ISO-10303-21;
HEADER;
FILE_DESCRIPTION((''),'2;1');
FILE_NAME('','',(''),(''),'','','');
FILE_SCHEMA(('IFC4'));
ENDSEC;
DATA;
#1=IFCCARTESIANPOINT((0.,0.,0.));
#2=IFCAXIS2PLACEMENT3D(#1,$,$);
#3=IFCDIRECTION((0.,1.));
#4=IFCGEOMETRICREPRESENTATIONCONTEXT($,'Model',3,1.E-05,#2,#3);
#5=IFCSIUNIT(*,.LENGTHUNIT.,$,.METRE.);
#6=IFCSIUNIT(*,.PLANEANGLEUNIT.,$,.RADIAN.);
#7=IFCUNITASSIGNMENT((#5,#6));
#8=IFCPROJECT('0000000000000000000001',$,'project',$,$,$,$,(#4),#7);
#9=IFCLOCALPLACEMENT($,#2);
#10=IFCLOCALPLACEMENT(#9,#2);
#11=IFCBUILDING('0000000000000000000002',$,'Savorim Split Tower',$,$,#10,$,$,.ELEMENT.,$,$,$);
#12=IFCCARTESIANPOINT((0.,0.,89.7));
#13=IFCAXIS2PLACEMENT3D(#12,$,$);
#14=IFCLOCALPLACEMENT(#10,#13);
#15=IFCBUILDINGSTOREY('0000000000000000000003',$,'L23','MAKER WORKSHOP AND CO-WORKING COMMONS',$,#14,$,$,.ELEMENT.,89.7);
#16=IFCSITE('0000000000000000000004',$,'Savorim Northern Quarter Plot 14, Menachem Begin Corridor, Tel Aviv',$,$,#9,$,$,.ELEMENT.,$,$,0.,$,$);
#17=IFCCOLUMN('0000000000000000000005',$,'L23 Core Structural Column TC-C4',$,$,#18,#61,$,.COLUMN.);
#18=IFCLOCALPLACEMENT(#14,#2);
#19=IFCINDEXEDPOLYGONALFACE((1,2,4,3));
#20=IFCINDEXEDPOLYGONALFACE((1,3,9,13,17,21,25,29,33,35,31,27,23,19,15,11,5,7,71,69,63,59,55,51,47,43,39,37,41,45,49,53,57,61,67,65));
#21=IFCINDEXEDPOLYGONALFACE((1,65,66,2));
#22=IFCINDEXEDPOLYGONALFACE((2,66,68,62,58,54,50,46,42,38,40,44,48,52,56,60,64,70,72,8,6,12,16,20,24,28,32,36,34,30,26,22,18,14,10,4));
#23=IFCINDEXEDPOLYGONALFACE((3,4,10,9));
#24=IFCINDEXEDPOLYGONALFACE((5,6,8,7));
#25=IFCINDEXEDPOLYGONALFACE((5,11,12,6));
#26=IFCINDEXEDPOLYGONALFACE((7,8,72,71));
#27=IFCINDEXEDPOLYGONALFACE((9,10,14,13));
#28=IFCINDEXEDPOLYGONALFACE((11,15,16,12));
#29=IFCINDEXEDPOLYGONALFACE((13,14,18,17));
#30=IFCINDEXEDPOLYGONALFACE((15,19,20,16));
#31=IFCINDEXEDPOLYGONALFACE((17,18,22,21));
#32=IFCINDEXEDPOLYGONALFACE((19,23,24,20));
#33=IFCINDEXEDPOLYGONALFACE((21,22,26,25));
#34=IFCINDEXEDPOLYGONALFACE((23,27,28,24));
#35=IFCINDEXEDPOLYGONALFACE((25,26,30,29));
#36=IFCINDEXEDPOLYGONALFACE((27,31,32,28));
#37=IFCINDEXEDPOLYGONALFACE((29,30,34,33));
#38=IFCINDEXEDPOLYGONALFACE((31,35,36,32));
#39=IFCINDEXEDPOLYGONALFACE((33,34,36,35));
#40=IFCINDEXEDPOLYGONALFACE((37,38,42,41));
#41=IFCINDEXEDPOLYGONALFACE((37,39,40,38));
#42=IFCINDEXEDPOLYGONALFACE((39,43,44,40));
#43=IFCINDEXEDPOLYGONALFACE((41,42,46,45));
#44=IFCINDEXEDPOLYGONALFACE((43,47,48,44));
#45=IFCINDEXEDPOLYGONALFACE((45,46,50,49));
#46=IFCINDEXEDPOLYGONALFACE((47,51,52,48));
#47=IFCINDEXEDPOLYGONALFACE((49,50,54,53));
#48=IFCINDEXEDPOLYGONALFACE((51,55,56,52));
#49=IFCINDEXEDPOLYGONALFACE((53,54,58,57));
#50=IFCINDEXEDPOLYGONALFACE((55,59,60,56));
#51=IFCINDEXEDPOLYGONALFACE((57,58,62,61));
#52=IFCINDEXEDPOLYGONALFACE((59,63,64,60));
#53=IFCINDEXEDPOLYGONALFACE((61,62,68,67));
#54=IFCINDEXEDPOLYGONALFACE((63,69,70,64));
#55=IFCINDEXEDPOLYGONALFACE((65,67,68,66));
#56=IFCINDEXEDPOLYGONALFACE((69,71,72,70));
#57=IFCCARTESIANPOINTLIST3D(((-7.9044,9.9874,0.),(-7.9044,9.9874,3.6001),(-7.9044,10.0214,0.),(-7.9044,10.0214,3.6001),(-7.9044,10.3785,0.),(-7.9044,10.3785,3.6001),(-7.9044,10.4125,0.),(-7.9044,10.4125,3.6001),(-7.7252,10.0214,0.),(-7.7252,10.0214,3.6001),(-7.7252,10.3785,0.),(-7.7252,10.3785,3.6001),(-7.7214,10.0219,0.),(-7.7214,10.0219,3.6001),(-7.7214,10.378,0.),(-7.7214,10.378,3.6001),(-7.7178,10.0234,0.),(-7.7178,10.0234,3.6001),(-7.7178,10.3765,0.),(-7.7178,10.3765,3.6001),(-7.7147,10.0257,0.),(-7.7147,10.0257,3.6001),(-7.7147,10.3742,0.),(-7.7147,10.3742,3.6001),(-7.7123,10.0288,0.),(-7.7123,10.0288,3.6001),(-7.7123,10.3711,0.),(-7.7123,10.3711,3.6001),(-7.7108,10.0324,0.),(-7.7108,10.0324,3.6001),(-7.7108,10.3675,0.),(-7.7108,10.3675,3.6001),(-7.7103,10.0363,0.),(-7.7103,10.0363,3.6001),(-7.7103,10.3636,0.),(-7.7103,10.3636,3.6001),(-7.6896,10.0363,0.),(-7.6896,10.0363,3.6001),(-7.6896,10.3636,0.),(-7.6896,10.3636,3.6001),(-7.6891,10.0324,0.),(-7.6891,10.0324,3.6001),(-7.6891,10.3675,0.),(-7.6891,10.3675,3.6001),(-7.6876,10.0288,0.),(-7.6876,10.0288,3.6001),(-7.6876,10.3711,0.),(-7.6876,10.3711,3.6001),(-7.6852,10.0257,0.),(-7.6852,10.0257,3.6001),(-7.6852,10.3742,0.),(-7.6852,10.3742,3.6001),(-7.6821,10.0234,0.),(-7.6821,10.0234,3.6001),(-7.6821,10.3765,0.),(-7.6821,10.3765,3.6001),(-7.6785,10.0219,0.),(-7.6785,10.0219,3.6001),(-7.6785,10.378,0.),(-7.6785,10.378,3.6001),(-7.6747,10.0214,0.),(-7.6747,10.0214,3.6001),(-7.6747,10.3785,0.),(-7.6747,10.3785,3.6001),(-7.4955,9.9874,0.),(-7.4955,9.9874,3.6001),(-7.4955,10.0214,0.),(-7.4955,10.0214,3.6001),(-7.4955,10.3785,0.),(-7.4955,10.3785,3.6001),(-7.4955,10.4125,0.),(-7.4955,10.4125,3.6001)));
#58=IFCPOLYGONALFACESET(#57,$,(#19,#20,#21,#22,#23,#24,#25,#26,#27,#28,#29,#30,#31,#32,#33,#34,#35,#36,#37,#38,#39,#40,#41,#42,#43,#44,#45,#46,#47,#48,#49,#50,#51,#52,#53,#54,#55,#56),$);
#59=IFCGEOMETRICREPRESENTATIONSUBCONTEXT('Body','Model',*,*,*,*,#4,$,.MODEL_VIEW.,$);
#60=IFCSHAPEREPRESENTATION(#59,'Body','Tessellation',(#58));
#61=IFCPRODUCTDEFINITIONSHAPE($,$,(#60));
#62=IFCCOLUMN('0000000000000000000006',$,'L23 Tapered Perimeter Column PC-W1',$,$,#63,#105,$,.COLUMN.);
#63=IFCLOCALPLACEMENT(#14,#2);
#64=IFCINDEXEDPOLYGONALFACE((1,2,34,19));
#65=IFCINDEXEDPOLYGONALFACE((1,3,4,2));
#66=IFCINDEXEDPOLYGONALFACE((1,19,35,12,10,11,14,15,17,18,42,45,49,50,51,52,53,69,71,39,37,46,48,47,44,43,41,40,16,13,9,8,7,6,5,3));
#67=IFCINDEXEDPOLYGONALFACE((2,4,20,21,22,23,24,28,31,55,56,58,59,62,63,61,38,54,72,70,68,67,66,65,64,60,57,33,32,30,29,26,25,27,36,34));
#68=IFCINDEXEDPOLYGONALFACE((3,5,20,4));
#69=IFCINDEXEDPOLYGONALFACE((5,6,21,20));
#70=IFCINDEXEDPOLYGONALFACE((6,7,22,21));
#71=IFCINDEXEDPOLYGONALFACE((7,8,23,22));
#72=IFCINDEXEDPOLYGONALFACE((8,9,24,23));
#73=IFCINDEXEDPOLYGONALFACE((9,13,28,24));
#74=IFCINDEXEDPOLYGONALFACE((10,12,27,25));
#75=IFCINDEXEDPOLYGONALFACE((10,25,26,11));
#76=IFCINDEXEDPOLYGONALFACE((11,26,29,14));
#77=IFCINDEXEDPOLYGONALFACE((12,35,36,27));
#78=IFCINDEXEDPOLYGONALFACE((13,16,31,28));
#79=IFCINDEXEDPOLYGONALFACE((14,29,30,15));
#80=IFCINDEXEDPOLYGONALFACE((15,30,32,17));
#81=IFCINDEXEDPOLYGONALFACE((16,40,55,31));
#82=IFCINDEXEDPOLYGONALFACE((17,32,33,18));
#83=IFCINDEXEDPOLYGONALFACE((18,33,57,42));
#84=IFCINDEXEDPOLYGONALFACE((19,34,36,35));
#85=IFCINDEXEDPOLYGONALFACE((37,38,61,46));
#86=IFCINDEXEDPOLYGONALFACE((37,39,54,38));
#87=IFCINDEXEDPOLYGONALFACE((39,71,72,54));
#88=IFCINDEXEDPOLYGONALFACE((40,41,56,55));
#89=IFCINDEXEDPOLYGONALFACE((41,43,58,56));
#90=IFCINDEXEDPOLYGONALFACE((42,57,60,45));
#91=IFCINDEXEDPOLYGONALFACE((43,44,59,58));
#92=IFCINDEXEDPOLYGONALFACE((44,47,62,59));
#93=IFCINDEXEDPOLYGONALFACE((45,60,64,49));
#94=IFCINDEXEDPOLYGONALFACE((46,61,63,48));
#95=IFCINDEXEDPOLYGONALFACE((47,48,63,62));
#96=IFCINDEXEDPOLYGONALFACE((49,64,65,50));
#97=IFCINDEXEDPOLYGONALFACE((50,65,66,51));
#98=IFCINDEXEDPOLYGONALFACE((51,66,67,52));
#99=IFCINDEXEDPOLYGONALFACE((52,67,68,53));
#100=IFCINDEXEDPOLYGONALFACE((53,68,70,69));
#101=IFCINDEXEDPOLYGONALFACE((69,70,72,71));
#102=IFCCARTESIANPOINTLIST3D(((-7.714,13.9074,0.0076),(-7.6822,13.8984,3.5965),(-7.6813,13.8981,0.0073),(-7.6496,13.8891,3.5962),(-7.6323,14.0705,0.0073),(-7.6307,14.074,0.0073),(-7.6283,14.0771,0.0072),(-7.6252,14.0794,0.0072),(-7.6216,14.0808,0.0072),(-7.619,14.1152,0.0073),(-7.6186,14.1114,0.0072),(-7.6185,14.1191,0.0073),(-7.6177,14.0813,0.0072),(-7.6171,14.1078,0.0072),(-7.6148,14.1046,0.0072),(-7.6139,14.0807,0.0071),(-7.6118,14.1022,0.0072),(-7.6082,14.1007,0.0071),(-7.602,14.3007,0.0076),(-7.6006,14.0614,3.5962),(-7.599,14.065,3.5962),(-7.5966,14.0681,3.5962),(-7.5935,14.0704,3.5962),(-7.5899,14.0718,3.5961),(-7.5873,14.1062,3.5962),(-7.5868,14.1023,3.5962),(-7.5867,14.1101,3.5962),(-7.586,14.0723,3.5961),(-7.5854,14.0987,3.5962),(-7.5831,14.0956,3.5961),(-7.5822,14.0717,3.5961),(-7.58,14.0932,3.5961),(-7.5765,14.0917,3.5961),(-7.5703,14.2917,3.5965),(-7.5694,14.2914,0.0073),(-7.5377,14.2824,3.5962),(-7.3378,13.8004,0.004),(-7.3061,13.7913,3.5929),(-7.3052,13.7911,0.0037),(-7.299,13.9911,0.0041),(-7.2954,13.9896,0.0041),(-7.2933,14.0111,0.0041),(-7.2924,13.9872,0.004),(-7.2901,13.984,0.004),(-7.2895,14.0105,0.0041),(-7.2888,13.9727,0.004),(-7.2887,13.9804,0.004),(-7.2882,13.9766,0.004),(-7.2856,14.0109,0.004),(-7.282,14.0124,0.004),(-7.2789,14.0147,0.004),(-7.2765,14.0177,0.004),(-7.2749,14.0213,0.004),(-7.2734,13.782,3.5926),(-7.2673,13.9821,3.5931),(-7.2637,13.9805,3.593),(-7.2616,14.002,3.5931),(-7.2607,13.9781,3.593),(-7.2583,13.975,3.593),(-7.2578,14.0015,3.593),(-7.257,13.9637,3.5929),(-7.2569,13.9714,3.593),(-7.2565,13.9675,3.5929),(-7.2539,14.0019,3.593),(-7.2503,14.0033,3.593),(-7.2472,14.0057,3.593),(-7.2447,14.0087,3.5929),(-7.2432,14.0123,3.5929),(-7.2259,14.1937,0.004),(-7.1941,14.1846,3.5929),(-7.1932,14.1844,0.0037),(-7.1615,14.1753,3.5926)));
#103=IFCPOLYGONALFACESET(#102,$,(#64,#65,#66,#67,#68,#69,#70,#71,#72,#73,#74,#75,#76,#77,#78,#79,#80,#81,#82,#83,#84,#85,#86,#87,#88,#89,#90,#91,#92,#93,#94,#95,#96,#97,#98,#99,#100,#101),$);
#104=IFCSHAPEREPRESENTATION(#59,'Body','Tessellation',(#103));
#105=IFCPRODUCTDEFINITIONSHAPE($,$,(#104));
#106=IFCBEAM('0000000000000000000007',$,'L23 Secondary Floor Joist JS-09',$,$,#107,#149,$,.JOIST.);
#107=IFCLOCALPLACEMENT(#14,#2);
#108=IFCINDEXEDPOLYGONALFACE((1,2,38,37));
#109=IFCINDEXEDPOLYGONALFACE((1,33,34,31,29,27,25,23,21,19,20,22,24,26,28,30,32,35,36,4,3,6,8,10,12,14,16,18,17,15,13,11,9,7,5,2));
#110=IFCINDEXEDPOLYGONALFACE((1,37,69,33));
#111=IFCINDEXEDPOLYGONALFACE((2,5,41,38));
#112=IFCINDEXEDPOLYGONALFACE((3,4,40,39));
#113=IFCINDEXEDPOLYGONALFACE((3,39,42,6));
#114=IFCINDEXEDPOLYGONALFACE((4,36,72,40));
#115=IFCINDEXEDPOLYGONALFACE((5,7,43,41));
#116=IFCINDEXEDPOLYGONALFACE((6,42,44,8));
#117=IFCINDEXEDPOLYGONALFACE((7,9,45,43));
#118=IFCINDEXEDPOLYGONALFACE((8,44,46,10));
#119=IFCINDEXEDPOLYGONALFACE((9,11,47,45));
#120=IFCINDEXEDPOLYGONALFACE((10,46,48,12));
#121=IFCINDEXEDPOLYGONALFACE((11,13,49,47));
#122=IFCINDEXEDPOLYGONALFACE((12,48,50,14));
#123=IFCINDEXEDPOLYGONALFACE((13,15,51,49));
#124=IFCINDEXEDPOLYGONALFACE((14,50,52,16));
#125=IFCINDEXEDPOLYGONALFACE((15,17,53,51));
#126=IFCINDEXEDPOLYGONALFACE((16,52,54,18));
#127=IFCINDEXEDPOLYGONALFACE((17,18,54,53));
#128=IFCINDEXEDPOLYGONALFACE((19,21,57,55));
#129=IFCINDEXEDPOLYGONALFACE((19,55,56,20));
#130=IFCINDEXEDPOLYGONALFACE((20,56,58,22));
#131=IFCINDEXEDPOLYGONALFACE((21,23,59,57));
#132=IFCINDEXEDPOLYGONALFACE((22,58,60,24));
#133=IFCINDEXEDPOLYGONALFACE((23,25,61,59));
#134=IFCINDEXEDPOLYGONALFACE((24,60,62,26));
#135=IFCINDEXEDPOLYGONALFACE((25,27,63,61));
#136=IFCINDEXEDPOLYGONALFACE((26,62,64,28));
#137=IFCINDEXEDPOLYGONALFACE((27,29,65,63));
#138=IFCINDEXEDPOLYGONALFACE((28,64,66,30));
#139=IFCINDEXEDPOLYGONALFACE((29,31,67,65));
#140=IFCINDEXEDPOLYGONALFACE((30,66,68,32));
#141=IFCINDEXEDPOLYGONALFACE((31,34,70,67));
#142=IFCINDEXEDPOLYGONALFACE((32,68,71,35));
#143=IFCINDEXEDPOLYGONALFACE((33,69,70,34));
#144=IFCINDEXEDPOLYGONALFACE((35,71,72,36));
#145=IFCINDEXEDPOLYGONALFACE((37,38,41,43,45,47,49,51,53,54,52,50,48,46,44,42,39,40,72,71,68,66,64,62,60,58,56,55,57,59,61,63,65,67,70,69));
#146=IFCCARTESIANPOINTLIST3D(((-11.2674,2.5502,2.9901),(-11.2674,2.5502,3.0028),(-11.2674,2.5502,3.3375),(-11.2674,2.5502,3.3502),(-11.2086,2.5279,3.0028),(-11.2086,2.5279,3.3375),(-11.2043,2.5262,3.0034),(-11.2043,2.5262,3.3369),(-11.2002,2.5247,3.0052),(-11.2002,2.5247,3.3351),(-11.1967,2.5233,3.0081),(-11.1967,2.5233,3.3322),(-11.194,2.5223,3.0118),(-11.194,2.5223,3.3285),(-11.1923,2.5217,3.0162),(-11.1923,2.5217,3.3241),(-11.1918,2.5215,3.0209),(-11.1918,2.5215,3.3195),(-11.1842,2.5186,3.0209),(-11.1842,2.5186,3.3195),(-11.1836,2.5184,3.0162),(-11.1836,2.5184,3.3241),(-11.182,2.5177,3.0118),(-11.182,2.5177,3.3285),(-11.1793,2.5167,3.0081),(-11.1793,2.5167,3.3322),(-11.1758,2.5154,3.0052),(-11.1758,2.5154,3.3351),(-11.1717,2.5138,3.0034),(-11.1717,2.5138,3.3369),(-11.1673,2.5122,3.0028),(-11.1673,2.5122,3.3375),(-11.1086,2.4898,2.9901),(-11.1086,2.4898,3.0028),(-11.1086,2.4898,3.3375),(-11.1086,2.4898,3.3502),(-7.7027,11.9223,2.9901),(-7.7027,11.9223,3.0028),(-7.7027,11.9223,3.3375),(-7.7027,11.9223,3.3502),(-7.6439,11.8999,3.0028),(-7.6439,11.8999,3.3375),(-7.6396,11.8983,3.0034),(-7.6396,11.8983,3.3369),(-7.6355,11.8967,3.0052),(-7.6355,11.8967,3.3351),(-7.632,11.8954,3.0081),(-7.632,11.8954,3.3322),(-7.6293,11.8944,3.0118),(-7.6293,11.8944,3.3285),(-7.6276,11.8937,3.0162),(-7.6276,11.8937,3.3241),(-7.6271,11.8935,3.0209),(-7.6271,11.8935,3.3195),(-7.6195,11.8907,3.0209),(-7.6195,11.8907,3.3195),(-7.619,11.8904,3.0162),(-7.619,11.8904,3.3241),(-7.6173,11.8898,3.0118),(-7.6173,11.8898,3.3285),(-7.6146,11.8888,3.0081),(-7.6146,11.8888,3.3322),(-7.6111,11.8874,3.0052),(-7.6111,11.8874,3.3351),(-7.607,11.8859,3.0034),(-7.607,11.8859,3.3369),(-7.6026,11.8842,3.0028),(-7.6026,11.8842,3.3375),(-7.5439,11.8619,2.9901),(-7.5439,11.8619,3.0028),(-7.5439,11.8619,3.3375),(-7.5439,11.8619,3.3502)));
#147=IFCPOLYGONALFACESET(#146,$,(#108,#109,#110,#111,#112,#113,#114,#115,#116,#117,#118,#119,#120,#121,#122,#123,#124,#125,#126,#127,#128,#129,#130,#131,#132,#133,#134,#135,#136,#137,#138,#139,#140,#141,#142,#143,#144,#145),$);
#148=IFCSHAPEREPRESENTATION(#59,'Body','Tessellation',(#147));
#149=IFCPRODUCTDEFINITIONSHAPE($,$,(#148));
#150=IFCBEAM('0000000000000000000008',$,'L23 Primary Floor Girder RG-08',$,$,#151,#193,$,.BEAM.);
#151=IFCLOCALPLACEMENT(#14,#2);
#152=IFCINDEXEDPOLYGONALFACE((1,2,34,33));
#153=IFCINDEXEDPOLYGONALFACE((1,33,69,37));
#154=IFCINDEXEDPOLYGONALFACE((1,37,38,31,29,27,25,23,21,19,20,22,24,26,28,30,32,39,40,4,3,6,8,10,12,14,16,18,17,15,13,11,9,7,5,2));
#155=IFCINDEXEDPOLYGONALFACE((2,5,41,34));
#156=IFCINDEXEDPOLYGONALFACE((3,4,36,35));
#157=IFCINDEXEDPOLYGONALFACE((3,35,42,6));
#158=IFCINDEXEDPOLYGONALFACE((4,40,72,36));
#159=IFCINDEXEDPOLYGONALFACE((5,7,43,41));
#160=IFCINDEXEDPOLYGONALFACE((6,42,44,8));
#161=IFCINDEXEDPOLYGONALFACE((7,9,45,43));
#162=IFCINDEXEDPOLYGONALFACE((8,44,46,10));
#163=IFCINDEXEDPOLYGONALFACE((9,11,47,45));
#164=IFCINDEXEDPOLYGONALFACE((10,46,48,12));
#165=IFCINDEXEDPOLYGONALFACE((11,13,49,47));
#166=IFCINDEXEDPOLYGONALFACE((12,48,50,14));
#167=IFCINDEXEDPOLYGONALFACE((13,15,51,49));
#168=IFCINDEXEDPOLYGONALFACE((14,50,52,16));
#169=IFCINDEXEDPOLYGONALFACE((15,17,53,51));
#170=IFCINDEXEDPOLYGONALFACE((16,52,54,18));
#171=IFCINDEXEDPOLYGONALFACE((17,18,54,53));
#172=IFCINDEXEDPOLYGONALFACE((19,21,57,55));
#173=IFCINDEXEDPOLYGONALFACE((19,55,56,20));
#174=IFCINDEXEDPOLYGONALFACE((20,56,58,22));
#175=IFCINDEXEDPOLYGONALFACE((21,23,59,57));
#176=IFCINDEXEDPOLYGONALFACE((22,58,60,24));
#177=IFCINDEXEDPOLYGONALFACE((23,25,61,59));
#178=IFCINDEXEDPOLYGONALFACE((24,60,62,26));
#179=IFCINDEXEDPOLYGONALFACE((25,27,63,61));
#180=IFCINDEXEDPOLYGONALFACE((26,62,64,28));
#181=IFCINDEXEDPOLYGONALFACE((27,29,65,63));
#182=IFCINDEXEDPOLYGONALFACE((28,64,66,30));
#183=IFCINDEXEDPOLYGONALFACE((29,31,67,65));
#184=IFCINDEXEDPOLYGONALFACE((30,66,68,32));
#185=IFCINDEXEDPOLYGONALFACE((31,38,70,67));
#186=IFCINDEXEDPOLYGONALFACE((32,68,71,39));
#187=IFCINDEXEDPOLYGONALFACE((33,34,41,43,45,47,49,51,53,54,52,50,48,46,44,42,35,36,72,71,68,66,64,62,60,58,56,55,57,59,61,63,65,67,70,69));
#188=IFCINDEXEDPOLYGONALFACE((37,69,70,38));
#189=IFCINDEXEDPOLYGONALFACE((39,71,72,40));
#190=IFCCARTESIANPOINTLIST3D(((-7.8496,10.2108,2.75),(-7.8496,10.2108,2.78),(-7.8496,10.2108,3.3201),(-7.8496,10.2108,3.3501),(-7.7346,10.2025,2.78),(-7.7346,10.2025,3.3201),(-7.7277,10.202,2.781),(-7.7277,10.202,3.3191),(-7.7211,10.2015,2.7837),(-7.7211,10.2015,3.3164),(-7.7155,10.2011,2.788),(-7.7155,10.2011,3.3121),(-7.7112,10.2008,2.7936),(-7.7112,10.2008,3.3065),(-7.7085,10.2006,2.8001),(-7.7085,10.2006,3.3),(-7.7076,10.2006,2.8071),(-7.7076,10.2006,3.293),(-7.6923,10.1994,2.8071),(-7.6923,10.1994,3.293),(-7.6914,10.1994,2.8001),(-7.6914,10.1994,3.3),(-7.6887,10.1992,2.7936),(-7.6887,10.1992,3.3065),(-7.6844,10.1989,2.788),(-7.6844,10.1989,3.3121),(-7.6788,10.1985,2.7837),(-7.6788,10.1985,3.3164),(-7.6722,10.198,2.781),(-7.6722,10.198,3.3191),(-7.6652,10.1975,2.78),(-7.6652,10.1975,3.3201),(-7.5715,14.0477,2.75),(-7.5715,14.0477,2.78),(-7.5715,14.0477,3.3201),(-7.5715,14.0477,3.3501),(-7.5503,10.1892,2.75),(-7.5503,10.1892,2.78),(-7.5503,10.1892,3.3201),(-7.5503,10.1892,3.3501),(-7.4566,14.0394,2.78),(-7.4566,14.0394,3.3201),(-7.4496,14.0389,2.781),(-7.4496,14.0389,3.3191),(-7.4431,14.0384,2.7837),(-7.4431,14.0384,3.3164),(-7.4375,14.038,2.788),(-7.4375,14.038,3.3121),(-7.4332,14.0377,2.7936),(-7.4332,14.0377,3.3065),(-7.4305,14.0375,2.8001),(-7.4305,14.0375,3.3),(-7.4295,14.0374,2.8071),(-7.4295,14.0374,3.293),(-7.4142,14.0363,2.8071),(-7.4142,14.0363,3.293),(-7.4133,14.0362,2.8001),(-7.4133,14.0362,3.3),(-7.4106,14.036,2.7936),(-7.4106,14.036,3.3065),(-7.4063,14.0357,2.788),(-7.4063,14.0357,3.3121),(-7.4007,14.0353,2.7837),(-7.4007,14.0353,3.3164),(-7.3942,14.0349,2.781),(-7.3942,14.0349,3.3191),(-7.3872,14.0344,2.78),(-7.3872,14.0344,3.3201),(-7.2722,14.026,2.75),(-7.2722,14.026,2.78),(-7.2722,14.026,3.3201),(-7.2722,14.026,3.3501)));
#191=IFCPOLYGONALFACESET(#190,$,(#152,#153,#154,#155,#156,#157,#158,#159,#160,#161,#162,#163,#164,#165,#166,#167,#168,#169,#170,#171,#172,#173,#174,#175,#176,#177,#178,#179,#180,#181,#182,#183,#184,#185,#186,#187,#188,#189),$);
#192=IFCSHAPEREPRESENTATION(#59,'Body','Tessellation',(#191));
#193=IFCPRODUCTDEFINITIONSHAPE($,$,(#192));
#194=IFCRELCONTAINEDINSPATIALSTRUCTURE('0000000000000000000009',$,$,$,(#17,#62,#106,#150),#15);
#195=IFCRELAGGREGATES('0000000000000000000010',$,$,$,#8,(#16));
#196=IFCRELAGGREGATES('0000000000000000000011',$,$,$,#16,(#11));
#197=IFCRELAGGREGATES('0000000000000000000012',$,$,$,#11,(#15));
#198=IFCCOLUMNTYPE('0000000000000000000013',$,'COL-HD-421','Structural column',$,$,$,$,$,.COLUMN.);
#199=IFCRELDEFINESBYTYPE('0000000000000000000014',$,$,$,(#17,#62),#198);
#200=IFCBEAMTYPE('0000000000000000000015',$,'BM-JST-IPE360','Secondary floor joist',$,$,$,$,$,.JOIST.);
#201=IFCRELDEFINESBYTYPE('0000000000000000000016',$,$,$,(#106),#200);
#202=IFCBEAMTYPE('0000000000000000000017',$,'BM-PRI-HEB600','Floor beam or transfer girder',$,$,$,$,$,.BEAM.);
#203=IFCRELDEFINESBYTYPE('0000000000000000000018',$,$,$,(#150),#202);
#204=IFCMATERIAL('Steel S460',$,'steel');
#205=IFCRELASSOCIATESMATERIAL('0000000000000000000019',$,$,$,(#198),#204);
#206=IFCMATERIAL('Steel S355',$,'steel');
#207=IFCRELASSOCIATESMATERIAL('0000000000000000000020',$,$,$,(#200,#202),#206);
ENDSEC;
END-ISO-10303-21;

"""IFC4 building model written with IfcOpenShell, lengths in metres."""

from ifc_helpers import new_model, si_unit, direction, frame, origin, origin_2d, place, context, subcontext, project, spatial, i_section, extrude, material, material_profile, profile_set, type_object, element, save


model = new_model("IFC4")

# Units and contexts
model_context = context("Model", 3, precision=1e-05, world=origin(), true_north=direction((0.0, 1.0)))
body_context = subcontext(model_context, "Body", "Model", "MODEL_VIEW")
ifc_project = project(units=[si_unit("LENGTHUNIT", "METRE"), si_unit("PLANEANGLEUNIT", "RADIAN")], contexts=[model_context])

# Site, building, storey
site_placement = place(None, origin())
site = spatial("IfcSite", under=ifc_project, at=site_placement, Name="Savorim Northern Quarter Plot 14, Menachem Begin Corridor, Tel Aviv", CompositionType="ELEMENT", RefElevation=0.0)
building_placement = place(site_placement, origin())
building = spatial("IfcBuilding", under=site, at=building_placement, Name="Savorim Split Tower", CompositionType="ELEMENT")
storey_placement = place(building_placement, frame((0.0, 0.0, 89.7)))
storey = spatial("IfcBuildingStorey", under=building, at=storey_placement, Name="L23", Description="MAKER WORKSHOP AND CO-WORKING COMMONS", CompositionType="ELEMENT", Elevation=89.7)

# Columns
ifc_material_1 = material(Name="Steel S460", Category="steel")
ifc_material_profile_1 = material_profile(ifc_material_1, i_section(OverallWidth=0.4089, OverallDepth=0.425, WebThickness=0.0208, FlangeThickness=0.0339, FilletRadius=0.0149, at=origin_2d()), Name="HD 400x421")
ifc_profile_set_1 = profile_set([ifc_material_profile_1], Name="Steel S460")
column_type = type_object("IfcColumnType", Name="COL-HD-421", Description="Structural column", PredefinedType="COLUMN", material=ifc_profile_set_1)
column_1_placement = place(storey_placement, frame((-7.7, 10.2, 0.0), z_axis=(0.0, 0.0, 1.0), x_axis=(1.0, 0.0, 0.0)))
element("IfcColumn", 1, at=column_1_placement, inside=storey, type_object=column_type, Name="L23 Core Structural Column TC-C4", PredefinedType="COLUMN", context=body_context, shape_type="SweptSolid", body=[
    extrude(i_section(OverallWidth=0.4089, OverallDepth=0.425, WebThickness=0.0208, FlangeThickness=0.0339, FilletRadius=0.0149, at=origin_2d()), origin(), (0.0, 0.0, 1.0), 3.6001),
])
column_2_placement = place(storey_placement, frame((-7.4536, 14.0459, 0.0056), z_axis=(0.008843, -0.002517, 0.999958), x_axis=(0.273744, 0.961803, 0.0)))
element("IfcColumn", 2, at=column_2_placement, inside=storey, type_object=column_type, Name="L23 Tapered Perimeter Column PC-W1", PredefinedType="COLUMN", context=body_context, shape_type="SweptSolid", body=[
    extrude(i_section(OverallWidth=0.4089, OverallDepth=0.425, WebThickness=0.0208, FlangeThickness=0.0339, FilletRadius=0.0149, at=origin_2d()), origin(), (0.0, 0.0, 1.0), 3.5891),
])

# Beams
ifc_material_2 = material(Name="Steel S355", Category="steel")
ifc_material_profile_2 = material_profile(ifc_material_2, i_section(OverallWidth=0.1699, OverallDepth=0.3601, WebThickness=0.0081, FlangeThickness=0.0127, FilletRadius=0.0181, at=origin_2d()), Name="IPE 360")
ifc_profile_set_2 = profile_set([ifc_material_profile_2], Name="Steel S355")
beam_type_1 = type_object("IfcBeamType", Name="BM-JST-IPE360", Description="Secondary floor joist", PredefinedType="JOIST", material=ifc_profile_set_2)
beam_1_placement = place(storey_placement, frame((-7.6233, 11.8921, 3.1702), z_axis=(-0.355506, -0.934674, 0.0), x_axis=(0.934674, -0.355506, 0.0)))
element("IfcBeam", 3, at=beam_1_placement, inside=storey, type_object=beam_type_1, Name="L23 Secondary Floor Joist JS-09", PredefinedType="JOIST", context=body_context, shape_type="SweptSolid", body=[
    extrude(i_section(OverallWidth=0.1699, OverallDepth=0.3601, WebThickness=0.0081, FlangeThickness=0.0127, FilletRadius=0.0181, at=origin_2d()), origin(), (0.0, 0.0, 1.0), 10.0271),
])
ifc_material_profile_3 = material_profile(ifc_material_2, i_section(OverallWidth=0.3, OverallDepth=0.6001, WebThickness=0.0154, FlangeThickness=0.03, FilletRadius=0.0271, at=origin_2d()), Name="HEB 600")
ifc_profile_set_3 = profile_set([ifc_material_profile_3], Name="Steel S355")
beam_type_2 = type_object("IfcBeamType", Name="BM-PRI-HEB600", Description="Floor beam or transfer girder", PredefinedType="BEAM", material=ifc_profile_set_3)
beam_2_placement = place(storey_placement, frame((-7.4219, 14.0369, 3.05), z_axis=(-0.072284, -0.997384, 0.0), x_axis=(0.997384, -0.072284, 0.0)))
element("IfcBeam", 4, at=beam_2_placement, inside=storey, type_object=beam_type_2, Name="L23 Primary Floor Girder RG-08", PredefinedType="BEAM", context=body_context, shape_type="SweptSolid", body=[
    extrude(i_section(OverallWidth=0.3, OverallDepth=0.6001, WebThickness=0.0154, FlangeThickness=0.03, FilletRadius=0.0271, at=origin_2d()), origin(), (0.0, 0.0, 1.0), 3.8469),
])

save(model, "model.ifc")
